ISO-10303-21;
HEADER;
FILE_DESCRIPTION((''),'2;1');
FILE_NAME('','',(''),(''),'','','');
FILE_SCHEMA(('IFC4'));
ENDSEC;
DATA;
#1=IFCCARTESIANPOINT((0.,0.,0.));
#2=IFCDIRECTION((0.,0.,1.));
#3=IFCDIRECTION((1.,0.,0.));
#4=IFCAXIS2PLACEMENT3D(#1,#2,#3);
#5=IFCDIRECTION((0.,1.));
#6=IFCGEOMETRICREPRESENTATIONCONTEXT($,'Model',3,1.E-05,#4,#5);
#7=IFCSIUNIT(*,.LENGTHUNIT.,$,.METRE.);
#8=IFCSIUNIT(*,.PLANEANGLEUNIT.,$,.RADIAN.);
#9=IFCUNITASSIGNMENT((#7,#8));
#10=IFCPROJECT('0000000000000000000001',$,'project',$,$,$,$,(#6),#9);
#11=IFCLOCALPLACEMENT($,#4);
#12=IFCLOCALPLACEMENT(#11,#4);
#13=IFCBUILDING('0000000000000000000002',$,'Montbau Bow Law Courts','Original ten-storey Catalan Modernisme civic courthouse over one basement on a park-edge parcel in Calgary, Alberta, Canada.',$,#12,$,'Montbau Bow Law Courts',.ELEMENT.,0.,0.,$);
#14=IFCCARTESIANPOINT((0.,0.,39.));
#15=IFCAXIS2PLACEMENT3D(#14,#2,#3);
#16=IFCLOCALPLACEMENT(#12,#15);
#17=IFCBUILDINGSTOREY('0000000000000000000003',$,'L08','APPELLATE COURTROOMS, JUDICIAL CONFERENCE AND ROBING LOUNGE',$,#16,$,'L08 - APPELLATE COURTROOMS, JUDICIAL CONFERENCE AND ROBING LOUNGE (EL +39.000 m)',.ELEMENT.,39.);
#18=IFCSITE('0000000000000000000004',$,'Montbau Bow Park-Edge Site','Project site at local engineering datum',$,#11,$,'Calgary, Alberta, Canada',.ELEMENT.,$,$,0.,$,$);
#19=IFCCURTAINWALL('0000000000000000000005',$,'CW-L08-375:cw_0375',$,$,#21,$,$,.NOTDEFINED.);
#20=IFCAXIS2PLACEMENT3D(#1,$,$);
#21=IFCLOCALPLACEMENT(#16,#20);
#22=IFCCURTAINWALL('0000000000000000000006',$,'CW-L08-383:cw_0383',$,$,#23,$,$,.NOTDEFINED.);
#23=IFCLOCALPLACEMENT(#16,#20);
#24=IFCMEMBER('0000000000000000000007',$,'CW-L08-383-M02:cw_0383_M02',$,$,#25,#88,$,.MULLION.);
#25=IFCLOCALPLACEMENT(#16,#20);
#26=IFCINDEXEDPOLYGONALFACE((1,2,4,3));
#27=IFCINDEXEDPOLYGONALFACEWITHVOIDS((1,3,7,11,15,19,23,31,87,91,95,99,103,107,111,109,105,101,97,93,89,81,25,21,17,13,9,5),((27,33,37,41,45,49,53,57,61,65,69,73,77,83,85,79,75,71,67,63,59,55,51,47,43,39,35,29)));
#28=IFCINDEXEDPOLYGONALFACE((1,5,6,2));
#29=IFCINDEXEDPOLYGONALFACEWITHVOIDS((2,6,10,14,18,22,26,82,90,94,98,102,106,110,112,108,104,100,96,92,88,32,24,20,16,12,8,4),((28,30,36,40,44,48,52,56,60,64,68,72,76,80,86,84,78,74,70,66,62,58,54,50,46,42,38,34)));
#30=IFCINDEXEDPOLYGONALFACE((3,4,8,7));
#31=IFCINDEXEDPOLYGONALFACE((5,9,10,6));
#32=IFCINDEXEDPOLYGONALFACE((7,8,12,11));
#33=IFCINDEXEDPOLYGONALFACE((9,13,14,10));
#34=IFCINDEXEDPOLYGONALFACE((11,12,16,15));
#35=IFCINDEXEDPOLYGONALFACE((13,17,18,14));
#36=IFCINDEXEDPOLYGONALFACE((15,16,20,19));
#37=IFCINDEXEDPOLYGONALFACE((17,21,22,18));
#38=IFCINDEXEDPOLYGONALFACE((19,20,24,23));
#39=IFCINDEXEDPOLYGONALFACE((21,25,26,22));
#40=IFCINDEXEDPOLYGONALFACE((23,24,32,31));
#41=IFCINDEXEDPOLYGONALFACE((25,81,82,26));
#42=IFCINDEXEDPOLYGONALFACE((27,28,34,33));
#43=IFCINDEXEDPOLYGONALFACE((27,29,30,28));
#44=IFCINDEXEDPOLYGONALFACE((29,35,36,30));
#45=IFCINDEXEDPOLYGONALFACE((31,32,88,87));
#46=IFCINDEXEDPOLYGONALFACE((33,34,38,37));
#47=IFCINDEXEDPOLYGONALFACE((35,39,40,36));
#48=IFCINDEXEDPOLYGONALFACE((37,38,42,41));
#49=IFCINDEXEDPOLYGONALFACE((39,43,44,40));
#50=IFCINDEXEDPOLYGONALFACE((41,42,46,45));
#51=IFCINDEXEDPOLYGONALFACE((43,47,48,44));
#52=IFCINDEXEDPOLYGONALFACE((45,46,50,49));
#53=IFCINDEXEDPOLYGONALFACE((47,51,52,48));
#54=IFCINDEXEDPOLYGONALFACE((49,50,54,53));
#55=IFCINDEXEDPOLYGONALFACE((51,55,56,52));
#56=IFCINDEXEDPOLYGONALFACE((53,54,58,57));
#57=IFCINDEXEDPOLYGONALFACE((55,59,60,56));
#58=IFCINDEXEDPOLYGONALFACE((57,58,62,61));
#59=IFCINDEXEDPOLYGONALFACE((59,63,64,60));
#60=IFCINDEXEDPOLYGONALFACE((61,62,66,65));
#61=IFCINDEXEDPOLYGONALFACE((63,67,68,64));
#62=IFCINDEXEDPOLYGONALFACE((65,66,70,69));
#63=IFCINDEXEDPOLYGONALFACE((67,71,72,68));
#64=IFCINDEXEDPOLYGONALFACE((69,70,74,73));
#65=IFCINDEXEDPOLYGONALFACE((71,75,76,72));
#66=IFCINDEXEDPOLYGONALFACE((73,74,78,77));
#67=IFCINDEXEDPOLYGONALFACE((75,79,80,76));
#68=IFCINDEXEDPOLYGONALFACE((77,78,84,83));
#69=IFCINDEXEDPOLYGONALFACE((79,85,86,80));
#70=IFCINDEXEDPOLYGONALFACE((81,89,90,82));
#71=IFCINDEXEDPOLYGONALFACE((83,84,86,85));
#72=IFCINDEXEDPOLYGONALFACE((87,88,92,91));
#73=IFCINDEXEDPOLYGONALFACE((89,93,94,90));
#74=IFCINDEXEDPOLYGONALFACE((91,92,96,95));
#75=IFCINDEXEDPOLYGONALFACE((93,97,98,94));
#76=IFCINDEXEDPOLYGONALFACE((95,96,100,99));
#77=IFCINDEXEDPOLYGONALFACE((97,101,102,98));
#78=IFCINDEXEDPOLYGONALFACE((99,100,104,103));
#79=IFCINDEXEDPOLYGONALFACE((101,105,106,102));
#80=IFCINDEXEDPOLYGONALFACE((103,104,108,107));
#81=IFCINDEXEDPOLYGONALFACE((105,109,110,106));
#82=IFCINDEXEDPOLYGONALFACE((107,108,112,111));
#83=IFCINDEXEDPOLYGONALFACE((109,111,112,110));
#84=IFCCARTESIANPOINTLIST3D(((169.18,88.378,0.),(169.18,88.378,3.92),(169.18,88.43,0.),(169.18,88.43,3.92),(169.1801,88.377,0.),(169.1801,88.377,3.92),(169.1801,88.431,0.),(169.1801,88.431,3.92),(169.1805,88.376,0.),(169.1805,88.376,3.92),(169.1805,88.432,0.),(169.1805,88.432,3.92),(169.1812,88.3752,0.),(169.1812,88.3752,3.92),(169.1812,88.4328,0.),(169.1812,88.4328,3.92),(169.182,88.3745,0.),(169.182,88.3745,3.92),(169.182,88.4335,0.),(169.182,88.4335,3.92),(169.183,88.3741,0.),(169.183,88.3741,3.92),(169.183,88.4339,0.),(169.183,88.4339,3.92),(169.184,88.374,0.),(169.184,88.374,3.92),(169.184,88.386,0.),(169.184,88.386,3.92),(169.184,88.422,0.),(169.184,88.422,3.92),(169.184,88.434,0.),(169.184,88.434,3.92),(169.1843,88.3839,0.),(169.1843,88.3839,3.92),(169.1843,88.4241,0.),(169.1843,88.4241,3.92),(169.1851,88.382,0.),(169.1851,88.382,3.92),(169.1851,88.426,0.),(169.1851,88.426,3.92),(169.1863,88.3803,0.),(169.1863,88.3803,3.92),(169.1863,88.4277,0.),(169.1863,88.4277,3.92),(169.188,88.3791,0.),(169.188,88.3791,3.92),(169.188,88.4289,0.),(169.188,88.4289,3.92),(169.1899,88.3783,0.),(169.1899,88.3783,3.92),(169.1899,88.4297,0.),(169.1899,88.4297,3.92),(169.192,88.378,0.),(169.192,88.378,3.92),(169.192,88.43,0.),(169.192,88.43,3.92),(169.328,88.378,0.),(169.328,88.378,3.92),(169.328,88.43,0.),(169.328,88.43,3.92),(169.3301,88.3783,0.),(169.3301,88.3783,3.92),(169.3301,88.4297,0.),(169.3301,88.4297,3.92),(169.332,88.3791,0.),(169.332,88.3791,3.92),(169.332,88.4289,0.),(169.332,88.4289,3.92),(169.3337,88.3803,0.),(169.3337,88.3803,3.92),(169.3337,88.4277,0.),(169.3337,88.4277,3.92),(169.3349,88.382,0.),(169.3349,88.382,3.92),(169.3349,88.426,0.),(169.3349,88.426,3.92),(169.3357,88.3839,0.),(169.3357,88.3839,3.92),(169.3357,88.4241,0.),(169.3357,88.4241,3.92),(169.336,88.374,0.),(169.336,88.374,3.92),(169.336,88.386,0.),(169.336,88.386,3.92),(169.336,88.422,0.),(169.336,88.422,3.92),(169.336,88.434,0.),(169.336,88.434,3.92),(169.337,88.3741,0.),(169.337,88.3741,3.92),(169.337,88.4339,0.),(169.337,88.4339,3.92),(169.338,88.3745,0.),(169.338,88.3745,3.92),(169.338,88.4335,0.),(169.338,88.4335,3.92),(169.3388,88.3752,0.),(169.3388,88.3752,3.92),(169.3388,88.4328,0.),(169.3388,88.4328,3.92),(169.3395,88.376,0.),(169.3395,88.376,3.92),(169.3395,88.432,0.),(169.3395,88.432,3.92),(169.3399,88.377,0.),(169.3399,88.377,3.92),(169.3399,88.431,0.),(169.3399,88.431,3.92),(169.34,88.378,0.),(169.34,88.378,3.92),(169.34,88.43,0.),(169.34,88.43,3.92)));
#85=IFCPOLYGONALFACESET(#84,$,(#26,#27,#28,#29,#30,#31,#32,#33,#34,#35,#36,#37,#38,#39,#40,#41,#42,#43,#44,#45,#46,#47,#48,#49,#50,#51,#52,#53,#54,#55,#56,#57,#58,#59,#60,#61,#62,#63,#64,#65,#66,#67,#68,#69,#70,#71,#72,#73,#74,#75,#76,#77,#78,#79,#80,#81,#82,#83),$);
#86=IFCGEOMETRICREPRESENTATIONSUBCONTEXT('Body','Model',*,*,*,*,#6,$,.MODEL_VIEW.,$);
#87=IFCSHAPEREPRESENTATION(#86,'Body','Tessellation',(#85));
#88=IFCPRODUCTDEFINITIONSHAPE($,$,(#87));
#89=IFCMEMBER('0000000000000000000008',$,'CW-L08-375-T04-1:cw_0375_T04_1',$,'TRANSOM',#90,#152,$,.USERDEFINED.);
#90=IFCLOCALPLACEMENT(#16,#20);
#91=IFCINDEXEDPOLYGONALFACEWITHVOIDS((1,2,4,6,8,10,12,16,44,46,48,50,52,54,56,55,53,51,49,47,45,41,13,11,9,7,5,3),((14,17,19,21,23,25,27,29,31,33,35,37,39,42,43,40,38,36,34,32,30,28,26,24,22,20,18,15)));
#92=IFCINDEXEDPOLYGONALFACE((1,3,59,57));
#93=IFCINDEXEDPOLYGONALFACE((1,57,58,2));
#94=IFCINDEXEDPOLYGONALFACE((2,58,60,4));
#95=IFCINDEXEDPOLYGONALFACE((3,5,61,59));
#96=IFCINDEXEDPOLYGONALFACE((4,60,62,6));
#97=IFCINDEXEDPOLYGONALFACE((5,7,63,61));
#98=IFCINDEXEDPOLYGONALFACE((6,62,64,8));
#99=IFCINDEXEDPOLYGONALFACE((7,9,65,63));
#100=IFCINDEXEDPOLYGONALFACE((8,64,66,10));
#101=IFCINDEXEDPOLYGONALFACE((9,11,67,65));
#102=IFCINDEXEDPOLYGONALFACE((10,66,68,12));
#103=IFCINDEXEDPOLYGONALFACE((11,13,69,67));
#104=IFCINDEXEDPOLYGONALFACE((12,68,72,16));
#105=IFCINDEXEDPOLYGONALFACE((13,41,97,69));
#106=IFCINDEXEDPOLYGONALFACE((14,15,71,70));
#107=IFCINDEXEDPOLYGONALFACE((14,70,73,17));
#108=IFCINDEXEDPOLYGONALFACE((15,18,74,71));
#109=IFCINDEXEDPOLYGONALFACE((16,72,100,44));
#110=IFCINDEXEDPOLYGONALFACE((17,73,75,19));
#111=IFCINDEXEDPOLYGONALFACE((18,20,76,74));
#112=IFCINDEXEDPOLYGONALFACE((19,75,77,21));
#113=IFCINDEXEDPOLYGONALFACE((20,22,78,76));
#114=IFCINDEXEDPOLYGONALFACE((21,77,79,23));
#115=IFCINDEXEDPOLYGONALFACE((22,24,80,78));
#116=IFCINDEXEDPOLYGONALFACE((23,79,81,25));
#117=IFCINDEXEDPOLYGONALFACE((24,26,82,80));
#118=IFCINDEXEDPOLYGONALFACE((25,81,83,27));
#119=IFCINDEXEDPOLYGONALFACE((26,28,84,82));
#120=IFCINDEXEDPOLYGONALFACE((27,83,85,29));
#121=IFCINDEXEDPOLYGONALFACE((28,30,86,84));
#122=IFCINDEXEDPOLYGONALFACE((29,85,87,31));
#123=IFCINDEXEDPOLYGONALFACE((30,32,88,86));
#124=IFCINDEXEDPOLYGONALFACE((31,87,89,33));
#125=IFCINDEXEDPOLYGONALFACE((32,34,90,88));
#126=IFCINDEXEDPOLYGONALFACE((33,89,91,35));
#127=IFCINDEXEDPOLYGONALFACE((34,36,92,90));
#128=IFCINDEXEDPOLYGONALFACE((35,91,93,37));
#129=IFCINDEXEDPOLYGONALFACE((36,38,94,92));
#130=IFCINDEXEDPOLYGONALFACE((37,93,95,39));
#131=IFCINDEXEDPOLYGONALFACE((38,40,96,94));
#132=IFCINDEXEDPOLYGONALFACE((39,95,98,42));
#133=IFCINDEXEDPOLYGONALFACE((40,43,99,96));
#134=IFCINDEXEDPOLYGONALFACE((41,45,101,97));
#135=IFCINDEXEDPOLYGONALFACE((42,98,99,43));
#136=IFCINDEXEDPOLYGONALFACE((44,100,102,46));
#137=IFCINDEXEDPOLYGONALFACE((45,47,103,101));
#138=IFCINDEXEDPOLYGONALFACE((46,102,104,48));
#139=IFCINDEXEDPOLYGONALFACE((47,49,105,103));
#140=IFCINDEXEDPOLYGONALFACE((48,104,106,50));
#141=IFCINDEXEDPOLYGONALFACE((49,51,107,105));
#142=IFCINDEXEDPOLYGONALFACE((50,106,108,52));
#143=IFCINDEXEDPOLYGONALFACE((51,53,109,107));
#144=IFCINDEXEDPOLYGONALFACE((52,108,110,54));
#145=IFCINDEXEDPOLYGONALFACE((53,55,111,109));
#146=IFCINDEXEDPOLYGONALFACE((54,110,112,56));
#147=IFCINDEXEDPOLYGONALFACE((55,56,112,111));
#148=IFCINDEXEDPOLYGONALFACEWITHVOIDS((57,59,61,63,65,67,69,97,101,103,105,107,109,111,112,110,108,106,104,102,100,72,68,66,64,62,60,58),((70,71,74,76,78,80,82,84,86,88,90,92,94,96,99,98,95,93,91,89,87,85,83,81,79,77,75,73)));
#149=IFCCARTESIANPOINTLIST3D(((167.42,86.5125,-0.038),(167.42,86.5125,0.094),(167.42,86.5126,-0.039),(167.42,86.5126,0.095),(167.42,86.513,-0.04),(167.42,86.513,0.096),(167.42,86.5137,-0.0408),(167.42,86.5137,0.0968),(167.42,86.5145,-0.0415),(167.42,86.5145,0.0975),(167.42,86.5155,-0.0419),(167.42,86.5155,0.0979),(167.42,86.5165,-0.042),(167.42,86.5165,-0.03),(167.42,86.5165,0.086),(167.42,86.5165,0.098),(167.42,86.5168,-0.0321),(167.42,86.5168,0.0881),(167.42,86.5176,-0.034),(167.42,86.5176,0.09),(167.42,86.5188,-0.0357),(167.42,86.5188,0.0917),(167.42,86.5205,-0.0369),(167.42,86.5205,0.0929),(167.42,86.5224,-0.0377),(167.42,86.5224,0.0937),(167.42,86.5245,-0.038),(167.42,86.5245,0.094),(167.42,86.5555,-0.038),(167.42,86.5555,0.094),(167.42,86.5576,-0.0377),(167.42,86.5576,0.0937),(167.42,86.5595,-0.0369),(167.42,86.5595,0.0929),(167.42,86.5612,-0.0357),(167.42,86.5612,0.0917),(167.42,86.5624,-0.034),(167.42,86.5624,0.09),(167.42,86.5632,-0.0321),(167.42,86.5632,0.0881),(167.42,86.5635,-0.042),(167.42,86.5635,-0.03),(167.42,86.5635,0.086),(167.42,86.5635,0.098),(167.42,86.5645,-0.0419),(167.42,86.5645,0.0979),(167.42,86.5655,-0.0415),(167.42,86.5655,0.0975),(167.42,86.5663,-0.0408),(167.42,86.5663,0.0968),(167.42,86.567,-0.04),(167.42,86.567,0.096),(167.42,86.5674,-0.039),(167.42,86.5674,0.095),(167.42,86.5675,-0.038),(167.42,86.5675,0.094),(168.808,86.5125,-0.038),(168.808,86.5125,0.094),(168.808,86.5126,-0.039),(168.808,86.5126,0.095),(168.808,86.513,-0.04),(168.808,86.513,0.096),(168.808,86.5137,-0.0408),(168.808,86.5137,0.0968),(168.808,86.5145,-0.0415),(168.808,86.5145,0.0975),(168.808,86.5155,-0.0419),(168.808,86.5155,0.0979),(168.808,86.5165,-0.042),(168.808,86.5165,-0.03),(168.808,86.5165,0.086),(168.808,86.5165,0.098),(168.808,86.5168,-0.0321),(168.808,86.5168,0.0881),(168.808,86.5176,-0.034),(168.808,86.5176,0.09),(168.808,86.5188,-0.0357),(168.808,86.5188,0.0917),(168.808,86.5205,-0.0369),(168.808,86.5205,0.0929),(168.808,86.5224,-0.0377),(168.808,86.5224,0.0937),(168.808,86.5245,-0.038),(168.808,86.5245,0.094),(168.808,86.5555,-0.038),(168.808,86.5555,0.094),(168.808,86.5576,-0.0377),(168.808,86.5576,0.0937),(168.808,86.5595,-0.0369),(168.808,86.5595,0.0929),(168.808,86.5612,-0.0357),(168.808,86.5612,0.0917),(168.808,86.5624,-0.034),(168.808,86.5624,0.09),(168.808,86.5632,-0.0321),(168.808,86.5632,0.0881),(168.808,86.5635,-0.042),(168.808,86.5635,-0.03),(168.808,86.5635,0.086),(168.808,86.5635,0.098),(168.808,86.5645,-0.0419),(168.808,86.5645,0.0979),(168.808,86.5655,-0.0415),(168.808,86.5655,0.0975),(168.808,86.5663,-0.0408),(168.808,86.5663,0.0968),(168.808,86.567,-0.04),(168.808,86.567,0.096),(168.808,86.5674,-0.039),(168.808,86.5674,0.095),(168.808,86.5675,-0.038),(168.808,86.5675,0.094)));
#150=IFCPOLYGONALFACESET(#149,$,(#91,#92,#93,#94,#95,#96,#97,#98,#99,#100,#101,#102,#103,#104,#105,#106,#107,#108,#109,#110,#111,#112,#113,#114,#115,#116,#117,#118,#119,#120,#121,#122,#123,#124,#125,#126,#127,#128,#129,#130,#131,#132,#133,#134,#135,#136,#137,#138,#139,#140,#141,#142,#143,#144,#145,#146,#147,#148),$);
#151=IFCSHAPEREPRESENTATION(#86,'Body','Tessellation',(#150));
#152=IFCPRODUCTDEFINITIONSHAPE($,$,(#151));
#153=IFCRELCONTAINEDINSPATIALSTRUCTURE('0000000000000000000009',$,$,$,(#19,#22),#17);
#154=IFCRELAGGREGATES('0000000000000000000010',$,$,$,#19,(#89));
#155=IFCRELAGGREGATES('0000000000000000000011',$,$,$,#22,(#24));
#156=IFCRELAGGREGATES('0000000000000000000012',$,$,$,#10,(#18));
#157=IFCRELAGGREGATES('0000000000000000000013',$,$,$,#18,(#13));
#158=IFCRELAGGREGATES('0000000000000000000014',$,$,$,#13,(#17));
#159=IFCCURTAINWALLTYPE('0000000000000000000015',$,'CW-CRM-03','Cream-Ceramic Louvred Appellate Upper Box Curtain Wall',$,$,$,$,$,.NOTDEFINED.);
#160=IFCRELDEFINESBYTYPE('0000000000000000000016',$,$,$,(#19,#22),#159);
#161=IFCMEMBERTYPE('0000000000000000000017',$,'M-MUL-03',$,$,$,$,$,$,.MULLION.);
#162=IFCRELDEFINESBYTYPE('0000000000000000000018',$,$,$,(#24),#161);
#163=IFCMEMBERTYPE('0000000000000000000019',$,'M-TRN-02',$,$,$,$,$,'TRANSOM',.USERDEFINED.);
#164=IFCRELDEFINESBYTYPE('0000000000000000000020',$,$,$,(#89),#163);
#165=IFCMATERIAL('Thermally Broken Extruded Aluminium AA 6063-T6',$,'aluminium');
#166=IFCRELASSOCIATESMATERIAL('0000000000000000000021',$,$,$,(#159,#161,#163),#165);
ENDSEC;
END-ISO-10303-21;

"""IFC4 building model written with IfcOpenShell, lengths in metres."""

from ifc_helpers import new_model, si_unit, direction, frame, origin_with_axes, origin_2d_with_axis, place, context, subcontext, project, spatial, hollow_rectangle, extrude, material, material_profile, profile_set, type_object, element, aggregate, save


model = new_model("IFC4")

# Units and contexts
model_context = context("Model", 3, precision=1e-05, world=origin_with_axes(), true_north=direction((0.0, 1.0)))
body_context = subcontext(model_context, "Body", "Model", "MODEL_VIEW")
ifc_project = project(units=[si_unit("LENGTHUNIT", "METRE"), si_unit("PLANEANGLEUNIT", "RADIAN")], contexts=[model_context])

# Site, building, storey
site_placement = place(None, origin_with_axes())
site = spatial("IfcSite", under=ifc_project, at=site_placement, Name="Montbau Bow Park-Edge Site", Description="Project site at local engineering datum", LongName="Calgary, Alberta, Canada", CompositionType="ELEMENT", RefElevation=0.0)
building_placement = place(site_placement, origin_with_axes())
building = spatial("IfcBuilding", under=site, at=building_placement, Name="Montbau Bow Law Courts", Description="Original ten-storey Catalan Modernisme civic courthouse over one basement on a park-edge parcel in Calgary, Alberta, Canada.", LongName="Montbau Bow Law Courts", CompositionType="ELEMENT", ElevationOfRefHeight=0.0, ElevationOfTerrain=0.0)
storey_placement = place(building_placement, frame((0.0, 0.0, 39.0), z_axis=(0.0, 0.0, 1.0), x_axis=(1.0, 0.0, 0.0)))
storey = spatial("IfcBuildingStorey", under=building, at=storey_placement, Name="L08", Description="APPELLATE COURTROOMS, JUDICIAL CONFERENCE AND ROBING LOUNGE", LongName="L08 - APPELLATE COURTROOMS, JUDICIAL CONFERENCE AND ROBING LOUNGE (EL +39.000 m)", CompositionType="ELEMENT", Elevation=39.0)

# Curtain walls, member
ifc_material_1 = material(Name="Thermally Broken Extruded Aluminium AA 6063-T6", Category="aluminium")
curtain_wall_type = type_object("IfcCurtainWallType", Name="CW-CRM-03", Description="Cream-Ceramic Louvred Appellate Upper Box Curtain Wall", PredefinedType="NOTDEFINED", material=ifc_material_1)
curtain_wall_1_placement = place(None, frame((162.868, 86.54, 39.0), z_axis=(0.0, 0.0, 1.0), x_axis=(1.0, 0.0, 0.0)))
curtain_wall_1 = element("IfcCurtainWall", 1, at=curtain_wall_1_placement, inside=storey, type_object=curtain_wall_type, Name="CW-L08-375:cw_0375", PredefinedType="NOTDEFINED")
curtain_wall_2_placement = place(None, frame((169.26, 86.915, 39.0), z_axis=(0.0, 0.0, 1.0), x_axis=(1.0, 0.0, 0.0)))
curtain_wall_2 = element("IfcCurtainWall", 2, at=curtain_wall_2_placement, inside=storey, type_object=curtain_wall_type, Name="CW-L08-383:cw_0383", PredefinedType="NOTDEFINED")
ifc_material_profile_1 = material_profile(ifc_material_1, hollow_rectangle(XDim=0.06, YDim=0.16, WallThickness=0.004, InnerFilletRadius=0.008, OuterFilletRadius=0.004, at=origin_2d_with_axis()), Name="CWM-160X60", Category="Main", Priority=0)
ifc_profile_set_1 = profile_set([ifc_material_profile_1], Name="Thermally Broken Extruded Aluminium AA 6063-T6")
member_type_1 = type_object("IfcMemberType", Name="M-MUL-03", PredefinedType="MULLION", material=ifc_profile_set_1)
member_1_placement = place(None, frame((169.26, 88.404, 39.0), z_axis=(0.0, 0.0, 1.0), x_axis=(0.0, 1.0, 0.0)))
member_1 = element("IfcMember", 3, at=member_1_placement, type_object=member_type_1, Name="CW-L08-383-M02:cw_0383_M02", PredefinedType="MULLION", context=body_context, shape_type="SweptSolid", body=[
    extrude(hollow_rectangle(XDim=0.06, YDim=0.16, WallThickness=0.004, InnerFilletRadius=0.008, OuterFilletRadius=0.004, at=origin_2d_with_axis()), origin_with_axes(), (0.0, 0.0, 1.0), 3.92),
])

# Member
ifc_material_profile_2 = material_profile(ifc_material_1, hollow_rectangle(XDim=0.055, YDim=0.14, WallThickness=0.004, InnerFilletRadius=0.008, OuterFilletRadius=0.004, at=origin_2d_with_axis()), Name="CWT-140X55", Category="Main", Priority=0)
ifc_profile_set_2 = profile_set([ifc_material_profile_2], Name="Thermally Broken Extruded Aluminium AA 6063-T6")
member_type_2 = type_object("IfcMemberType", Name="M-TRN-02", ElementType="TRANSOM", PredefinedType="USERDEFINED", material=ifc_profile_set_2)
member_2_placement = place(None, frame((167.42, 86.54, 39.028), z_axis=(1.0, 0.0, 0.0), x_axis=(0.0, 1.0, 0.0)))
member_2 = element("IfcMember", 4, at=member_2_placement, type_object=member_type_2, Name="CW-L08-375-T04-1:cw_0375_T04_1", ObjectType="TRANSOM", PredefinedType="USERDEFINED", context=body_context, shape_type="SweptSolid", body=[
    extrude(hollow_rectangle(XDim=0.055, YDim=0.14, WallThickness=0.004, InnerFilletRadius=0.008, OuterFilletRadius=0.004, at=origin_2d_with_axis()), origin_with_axes(), (0.0, 0.0, 1.0), 1.388),
])

aggregate(curtain_wall_1, [member_2])
aggregate(curtain_wall_2, [member_1])

save(model, "model.ifc")
